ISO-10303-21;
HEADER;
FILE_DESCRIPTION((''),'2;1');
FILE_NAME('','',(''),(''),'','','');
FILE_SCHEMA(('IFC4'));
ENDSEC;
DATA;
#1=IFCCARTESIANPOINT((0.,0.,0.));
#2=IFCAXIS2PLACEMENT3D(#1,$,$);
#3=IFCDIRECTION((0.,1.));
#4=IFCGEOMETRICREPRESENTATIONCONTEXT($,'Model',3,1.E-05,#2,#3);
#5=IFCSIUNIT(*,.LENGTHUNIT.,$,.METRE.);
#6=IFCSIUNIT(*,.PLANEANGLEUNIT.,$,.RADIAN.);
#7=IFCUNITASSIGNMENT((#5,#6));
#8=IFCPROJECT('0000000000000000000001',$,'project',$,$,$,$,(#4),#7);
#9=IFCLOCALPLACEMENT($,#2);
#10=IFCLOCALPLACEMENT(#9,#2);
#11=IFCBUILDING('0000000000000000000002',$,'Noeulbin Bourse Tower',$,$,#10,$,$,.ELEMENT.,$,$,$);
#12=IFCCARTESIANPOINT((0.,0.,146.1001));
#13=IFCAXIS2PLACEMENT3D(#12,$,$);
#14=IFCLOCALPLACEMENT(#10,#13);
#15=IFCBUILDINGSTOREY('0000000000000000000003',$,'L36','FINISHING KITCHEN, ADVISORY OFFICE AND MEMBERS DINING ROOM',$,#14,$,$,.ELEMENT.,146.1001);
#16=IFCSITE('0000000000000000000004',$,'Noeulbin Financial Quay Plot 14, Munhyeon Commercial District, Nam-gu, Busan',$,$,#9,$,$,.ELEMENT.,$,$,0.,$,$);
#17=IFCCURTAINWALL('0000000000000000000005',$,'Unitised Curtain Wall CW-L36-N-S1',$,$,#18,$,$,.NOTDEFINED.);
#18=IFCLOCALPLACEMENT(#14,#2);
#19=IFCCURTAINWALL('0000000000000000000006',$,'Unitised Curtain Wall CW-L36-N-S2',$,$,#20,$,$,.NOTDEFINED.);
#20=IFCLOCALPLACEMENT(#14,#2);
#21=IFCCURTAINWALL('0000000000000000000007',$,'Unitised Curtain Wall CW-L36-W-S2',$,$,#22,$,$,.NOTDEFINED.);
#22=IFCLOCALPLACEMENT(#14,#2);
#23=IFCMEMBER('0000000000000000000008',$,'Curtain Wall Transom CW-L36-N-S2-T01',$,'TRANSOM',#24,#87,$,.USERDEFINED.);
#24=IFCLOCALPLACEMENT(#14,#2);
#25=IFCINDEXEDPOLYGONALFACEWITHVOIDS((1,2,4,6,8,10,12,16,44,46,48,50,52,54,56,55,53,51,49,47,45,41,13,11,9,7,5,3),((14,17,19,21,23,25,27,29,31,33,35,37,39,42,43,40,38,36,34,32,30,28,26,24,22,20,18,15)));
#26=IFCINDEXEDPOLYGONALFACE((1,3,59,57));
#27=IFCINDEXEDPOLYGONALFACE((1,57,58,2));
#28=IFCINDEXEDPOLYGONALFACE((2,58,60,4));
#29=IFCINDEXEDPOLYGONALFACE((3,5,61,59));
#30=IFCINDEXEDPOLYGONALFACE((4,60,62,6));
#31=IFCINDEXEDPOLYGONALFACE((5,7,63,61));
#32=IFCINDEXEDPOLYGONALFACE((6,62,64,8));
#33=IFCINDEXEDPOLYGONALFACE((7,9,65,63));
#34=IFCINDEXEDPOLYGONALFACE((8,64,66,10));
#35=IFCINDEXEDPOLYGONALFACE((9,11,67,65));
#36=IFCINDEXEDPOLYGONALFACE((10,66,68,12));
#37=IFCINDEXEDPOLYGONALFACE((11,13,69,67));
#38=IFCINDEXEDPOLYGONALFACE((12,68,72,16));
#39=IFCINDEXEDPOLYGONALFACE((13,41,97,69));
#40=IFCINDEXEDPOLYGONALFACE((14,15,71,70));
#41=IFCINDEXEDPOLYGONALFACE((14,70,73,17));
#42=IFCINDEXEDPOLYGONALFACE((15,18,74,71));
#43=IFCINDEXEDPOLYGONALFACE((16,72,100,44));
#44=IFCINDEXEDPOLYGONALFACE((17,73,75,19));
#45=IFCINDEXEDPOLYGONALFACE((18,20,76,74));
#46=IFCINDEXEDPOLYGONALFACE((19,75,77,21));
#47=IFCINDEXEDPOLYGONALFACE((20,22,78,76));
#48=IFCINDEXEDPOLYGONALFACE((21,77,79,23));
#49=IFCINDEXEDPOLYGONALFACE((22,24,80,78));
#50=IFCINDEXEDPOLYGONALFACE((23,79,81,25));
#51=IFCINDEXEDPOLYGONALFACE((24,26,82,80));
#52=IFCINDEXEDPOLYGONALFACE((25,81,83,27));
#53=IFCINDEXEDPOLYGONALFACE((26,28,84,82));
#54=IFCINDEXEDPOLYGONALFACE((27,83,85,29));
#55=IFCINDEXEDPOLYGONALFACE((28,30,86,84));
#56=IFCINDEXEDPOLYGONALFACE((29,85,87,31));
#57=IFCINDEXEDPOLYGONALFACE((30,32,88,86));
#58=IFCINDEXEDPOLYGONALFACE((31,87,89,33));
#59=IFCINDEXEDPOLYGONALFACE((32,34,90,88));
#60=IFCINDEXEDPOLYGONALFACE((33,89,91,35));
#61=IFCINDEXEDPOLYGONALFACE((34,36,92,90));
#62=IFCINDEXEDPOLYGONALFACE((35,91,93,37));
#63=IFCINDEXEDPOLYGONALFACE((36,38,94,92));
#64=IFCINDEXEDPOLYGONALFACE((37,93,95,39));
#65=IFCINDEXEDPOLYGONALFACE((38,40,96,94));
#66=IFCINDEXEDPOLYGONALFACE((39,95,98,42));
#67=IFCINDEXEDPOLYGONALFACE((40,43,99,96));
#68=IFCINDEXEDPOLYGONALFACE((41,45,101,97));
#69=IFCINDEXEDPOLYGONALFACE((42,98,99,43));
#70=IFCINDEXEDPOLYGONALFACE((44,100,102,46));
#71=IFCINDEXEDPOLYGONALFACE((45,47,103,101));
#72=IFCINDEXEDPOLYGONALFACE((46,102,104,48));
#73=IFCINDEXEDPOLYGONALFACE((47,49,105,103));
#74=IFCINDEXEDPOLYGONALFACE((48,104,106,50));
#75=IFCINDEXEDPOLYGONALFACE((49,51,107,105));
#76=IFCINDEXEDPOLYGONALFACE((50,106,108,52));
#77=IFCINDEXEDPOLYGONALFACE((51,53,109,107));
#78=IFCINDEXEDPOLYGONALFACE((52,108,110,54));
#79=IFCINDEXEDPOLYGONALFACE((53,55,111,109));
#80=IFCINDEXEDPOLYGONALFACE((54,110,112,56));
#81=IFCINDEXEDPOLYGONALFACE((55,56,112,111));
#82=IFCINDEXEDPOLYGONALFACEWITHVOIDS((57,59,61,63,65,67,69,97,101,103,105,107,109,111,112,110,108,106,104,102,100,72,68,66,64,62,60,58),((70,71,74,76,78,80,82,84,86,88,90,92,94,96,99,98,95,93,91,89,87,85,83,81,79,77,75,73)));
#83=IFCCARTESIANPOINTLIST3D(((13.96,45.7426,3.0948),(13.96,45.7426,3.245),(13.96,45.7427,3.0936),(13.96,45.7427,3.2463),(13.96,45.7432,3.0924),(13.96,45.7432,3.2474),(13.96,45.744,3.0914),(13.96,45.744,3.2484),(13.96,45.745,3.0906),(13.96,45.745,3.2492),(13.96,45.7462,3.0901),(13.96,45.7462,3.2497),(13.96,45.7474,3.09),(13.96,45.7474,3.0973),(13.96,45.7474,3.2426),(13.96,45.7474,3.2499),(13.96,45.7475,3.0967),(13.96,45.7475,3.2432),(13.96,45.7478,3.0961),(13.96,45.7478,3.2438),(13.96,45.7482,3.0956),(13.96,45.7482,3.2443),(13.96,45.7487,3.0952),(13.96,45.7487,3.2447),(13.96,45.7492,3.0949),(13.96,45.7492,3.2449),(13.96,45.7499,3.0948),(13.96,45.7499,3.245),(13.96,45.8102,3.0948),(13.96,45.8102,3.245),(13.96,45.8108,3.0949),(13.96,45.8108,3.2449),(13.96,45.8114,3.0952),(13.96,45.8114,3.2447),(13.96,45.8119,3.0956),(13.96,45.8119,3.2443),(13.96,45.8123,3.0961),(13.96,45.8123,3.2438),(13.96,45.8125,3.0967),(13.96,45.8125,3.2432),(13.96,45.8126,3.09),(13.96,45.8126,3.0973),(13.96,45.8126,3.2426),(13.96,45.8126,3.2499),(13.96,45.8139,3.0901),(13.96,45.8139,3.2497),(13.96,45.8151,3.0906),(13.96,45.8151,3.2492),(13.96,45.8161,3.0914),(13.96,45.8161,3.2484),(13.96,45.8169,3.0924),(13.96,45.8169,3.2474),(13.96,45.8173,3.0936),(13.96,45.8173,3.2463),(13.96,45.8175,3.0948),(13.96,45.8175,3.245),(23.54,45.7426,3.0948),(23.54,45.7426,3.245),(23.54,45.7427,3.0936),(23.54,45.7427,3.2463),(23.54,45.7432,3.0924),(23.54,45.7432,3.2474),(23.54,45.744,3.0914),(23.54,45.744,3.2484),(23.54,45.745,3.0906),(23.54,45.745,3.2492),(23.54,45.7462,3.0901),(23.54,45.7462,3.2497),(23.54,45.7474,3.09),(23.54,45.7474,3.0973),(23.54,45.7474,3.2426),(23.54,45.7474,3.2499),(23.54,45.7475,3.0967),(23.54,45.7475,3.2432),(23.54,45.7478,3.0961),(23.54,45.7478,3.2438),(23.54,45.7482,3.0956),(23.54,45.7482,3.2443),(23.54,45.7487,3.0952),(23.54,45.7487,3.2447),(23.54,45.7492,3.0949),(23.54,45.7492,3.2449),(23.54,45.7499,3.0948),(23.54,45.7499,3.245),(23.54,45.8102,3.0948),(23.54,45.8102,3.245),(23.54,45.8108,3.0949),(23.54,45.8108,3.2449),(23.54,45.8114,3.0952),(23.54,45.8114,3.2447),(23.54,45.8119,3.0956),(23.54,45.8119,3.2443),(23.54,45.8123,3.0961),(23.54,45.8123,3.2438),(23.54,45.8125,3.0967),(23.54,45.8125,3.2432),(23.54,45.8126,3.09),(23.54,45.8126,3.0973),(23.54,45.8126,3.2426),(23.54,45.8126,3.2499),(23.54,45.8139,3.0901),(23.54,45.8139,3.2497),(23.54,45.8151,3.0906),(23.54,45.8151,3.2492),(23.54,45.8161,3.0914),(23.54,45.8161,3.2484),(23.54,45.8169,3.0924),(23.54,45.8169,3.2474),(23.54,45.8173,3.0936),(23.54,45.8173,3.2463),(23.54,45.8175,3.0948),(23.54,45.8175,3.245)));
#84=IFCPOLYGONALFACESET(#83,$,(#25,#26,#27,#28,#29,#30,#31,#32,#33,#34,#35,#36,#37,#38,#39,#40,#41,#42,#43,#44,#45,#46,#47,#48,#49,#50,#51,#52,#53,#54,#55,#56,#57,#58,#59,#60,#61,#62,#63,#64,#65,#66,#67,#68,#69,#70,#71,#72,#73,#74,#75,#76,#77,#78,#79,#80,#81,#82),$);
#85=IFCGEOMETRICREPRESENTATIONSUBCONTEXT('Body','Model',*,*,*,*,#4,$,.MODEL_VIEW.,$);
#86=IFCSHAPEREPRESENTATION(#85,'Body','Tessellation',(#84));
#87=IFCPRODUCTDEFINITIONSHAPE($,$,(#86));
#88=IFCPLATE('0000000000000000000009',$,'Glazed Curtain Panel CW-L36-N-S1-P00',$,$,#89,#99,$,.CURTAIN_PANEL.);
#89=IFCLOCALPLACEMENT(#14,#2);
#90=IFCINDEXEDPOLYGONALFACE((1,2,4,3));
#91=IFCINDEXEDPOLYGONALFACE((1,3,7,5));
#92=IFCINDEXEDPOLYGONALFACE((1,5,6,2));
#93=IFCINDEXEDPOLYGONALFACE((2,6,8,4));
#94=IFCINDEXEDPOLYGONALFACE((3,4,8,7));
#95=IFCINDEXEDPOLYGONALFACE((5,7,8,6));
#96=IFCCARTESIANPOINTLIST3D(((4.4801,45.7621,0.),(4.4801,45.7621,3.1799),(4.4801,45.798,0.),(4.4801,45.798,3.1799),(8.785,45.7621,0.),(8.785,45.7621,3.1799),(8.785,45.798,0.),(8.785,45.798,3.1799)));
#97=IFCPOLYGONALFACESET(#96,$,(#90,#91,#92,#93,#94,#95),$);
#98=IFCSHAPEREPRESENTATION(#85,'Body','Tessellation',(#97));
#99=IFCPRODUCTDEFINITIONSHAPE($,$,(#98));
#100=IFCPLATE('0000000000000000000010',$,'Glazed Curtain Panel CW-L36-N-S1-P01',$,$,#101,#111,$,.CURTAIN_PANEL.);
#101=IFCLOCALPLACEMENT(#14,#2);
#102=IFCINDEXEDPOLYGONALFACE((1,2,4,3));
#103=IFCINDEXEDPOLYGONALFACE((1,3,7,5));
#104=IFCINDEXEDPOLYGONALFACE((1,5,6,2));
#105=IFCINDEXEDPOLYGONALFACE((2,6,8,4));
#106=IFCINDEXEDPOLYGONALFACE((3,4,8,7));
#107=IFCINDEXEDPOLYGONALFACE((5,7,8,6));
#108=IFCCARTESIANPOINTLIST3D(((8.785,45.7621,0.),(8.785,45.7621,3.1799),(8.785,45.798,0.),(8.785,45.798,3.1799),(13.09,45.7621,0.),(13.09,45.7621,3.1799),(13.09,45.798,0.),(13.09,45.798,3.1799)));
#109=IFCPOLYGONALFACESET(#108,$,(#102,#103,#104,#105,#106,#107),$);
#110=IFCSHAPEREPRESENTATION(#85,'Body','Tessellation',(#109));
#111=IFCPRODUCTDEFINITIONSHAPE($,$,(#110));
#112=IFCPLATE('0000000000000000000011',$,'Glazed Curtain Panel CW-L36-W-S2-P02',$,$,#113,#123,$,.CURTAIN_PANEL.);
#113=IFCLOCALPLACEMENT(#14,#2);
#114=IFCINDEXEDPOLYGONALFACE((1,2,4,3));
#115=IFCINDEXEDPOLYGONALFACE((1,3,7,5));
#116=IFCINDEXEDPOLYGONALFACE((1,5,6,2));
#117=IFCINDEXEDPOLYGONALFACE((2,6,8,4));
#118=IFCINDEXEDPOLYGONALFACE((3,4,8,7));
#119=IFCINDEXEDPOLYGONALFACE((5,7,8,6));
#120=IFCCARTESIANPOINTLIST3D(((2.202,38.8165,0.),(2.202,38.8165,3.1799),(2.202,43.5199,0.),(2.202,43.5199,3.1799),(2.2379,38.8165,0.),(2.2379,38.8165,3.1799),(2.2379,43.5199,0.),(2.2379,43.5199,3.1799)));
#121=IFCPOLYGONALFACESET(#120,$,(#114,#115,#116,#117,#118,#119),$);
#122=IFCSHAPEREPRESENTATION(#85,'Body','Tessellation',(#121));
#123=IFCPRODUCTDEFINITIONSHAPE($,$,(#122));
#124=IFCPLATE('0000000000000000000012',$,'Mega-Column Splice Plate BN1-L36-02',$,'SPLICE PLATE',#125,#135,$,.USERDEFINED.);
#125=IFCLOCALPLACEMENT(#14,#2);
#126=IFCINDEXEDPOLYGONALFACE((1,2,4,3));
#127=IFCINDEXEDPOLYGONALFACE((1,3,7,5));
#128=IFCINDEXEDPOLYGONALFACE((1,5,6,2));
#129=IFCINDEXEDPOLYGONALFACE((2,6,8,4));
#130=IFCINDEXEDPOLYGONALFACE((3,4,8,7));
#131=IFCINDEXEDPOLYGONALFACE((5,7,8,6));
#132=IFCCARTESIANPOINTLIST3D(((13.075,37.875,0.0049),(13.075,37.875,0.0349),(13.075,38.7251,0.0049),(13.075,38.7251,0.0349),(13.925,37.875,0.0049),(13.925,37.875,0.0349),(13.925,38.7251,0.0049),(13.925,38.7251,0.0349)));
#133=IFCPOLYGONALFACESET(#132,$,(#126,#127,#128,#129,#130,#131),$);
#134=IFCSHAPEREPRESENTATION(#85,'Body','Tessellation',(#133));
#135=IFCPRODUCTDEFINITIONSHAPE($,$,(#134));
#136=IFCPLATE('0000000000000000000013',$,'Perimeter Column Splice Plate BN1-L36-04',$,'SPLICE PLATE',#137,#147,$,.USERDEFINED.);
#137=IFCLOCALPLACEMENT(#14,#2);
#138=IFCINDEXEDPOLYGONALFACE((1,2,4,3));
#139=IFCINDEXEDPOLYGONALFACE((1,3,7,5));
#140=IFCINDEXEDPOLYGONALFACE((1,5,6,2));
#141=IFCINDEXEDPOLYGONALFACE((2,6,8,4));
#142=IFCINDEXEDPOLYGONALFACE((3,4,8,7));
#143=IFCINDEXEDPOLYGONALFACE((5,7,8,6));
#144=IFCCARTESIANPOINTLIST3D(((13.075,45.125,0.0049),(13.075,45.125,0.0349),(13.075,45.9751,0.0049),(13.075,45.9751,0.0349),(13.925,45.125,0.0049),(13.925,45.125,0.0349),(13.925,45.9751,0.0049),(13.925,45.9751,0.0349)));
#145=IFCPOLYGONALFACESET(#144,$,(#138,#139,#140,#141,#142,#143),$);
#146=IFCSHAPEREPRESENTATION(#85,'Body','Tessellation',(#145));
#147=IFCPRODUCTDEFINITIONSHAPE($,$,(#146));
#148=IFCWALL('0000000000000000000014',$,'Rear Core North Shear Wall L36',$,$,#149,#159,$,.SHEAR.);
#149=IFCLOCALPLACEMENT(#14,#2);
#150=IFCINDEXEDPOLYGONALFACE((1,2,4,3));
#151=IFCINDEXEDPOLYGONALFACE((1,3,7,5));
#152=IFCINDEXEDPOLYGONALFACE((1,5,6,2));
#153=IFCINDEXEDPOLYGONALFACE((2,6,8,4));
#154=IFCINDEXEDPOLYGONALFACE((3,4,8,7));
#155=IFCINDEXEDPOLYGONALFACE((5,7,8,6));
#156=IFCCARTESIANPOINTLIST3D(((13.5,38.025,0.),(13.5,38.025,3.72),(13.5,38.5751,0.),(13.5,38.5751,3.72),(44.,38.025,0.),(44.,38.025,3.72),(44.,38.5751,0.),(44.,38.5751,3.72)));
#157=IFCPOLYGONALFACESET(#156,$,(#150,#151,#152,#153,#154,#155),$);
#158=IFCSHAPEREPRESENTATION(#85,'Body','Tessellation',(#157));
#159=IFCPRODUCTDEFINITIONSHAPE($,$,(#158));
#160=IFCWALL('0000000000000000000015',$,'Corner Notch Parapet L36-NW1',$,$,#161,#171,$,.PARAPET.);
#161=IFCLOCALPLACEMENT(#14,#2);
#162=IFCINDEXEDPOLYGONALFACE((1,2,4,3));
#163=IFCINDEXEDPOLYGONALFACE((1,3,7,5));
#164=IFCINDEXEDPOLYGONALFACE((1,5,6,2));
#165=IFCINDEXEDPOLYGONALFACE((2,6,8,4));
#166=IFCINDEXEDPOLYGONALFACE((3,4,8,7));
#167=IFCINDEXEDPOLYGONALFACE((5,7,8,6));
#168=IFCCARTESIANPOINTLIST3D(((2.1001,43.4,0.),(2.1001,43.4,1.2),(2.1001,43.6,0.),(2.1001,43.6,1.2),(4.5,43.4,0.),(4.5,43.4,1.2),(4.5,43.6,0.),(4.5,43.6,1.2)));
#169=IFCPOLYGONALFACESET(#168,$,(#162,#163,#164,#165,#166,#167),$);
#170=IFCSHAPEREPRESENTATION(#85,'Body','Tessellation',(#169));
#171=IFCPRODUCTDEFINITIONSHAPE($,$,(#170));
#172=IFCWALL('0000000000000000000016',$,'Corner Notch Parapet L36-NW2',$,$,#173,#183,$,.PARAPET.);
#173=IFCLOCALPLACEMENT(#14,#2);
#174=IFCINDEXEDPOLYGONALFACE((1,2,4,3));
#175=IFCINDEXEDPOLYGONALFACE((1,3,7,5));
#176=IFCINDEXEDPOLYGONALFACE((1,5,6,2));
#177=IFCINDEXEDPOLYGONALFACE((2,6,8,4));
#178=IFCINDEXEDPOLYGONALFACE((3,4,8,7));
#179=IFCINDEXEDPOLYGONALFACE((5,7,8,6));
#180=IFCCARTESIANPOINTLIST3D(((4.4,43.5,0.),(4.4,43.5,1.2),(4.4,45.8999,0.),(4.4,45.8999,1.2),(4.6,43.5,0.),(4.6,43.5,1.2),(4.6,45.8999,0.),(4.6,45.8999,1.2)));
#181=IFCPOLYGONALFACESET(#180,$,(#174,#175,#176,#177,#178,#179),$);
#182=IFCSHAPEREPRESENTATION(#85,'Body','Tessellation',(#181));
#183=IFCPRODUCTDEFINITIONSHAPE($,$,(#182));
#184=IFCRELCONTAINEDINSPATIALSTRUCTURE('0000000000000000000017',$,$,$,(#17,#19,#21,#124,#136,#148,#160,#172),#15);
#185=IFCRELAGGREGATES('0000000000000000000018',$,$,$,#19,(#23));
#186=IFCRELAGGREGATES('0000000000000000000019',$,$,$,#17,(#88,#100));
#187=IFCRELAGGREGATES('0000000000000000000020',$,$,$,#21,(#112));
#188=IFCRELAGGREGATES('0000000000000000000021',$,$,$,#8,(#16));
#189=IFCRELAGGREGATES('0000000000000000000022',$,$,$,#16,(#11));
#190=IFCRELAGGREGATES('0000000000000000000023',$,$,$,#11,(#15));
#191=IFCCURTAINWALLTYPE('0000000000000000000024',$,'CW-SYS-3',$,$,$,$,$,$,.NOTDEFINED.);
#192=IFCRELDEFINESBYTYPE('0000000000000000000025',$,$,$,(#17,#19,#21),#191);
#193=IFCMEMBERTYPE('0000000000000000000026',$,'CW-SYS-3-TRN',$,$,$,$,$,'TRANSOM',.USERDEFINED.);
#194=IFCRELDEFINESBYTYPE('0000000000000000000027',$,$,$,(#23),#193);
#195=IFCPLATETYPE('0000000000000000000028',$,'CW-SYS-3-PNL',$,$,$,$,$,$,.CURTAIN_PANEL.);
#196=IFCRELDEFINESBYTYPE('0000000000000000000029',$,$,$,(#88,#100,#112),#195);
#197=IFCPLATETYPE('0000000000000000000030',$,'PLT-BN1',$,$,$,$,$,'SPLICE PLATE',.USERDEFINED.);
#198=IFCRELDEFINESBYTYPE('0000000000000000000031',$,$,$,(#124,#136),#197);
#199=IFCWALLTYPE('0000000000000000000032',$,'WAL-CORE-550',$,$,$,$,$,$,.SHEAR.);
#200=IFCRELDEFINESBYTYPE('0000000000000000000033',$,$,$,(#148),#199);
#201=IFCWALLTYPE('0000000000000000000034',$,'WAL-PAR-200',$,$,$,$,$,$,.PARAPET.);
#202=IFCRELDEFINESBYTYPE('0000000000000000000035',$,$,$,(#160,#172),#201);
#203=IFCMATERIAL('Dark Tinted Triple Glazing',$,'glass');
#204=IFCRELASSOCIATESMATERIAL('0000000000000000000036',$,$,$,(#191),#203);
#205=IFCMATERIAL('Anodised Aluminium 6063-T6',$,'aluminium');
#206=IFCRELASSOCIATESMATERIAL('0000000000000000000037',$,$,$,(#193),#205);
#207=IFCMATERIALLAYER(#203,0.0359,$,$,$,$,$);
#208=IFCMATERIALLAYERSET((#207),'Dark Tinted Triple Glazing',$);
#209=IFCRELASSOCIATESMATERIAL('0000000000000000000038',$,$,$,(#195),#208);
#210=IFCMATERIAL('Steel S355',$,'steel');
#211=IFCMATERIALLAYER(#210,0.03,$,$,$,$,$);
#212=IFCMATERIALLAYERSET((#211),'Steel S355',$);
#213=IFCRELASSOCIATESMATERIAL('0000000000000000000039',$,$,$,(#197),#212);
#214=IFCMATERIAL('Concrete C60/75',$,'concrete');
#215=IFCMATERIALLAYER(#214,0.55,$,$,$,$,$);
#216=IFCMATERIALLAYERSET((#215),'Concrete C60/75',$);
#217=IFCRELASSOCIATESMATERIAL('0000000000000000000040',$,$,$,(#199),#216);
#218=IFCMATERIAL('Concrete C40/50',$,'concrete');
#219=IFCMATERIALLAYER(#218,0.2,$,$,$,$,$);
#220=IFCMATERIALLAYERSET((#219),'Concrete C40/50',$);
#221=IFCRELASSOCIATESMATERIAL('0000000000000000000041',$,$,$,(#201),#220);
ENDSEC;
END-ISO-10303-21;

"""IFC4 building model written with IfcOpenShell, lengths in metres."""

from ifc_helpers import new_model, si_unit, direction, frame, frame_2d, origin, origin_2d, place, context, subcontext, project, spatial, rectangle, hollow_rectangle, extrude, material, layer, layer_set, material_profile, profile_set, type_object, element, aggregate, save


model = new_model("IFC4")

# Units and contexts
model_context = context("Model", 3, precision=1e-05, world=origin(), true_north=direction((0.0, 1.0)))
body_context = subcontext(model_context, "Body", "Model", "MODEL_VIEW")
ifc_project = project(units=[si_unit("LENGTHUNIT", "METRE"), si_unit("PLANEANGLEUNIT", "RADIAN")], contexts=[model_context])

# Site, building, storey
site_placement = place(None, origin())
site = spatial("IfcSite", under=ifc_project, at=site_placement, Name="Noeulbin Financial Quay Plot 14, Munhyeon Commercial District, Nam-gu, Busan", CompositionType="ELEMENT", RefElevation=0.0)
building_placement = place(site_placement, origin())
building = spatial("IfcBuilding", under=site, at=building_placement, Name="Noeulbin Bourse Tower", CompositionType="ELEMENT")
storey_placement = place(building_placement, frame((0.0, 0.0, 146.1001)))
storey = spatial("IfcBuildingStorey", under=building, at=storey_placement, Name="L36", Description="FINISHING KITCHEN, ADVISORY OFFICE AND MEMBERS DINING ROOM", CompositionType="ELEMENT", Elevation=146.1001)

# Shared definitions
ifc_material_1 = material(Name="Steel S355", Category="steel")

# Curtain wall
ifc_material_2 = material(Name="Dark Tinted Triple Glazing", Category="glass")
curtain_wall_type = type_object("IfcCurtainWallType", Name="CW-SYS-3", PredefinedType="NOTDEFINED", material=ifc_material_2)
curtain_wall_1_placement = place(storey_placement, origin())
curtain_wall_1 = element("IfcCurtainWall", 1, at=curtain_wall_1_placement, inside=storey, type_object=curtain_wall_type, Name="Unitised Curtain Wall CW-L36-N-S1", PredefinedType="NOTDEFINED")
ifc_material_3 = material(Name="Anodised Aluminium 6063-T6", Category="aluminium")

# Curtain wall
curtain_wall_2_placement = place(storey_placement, origin())
curtain_wall_2 = element("IfcCurtainWall", 2, at=curtain_wall_2_placement, inside=storey, type_object=curtain_wall_type, Name="Unitised Curtain Wall CW-L36-N-S2", PredefinedType="NOTDEFINED")

# Curtain wall
curtain_wall_3_placement = place(storey_placement, origin())
curtain_wall_3 = element("IfcCurtainWall", 3, at=curtain_wall_3_placement, inside=storey, type_object=curtain_wall_type, Name="Unitised Curtain Wall CW-L36-W-S2", PredefinedType="NOTDEFINED")

# Member
ifc_material_profile_1 = material_profile(ifc_material_3, hollow_rectangle(XDim=0.075, YDim=0.1599, WallThickness=0.0049, InnerFilletRadius=0.0024, OuterFilletRadius=0.0049, at=origin_2d()), Name="ALU-TRAN-75x160x5", Category="LoadBearing")
ifc_profile_set_1 = profile_set([ifc_material_profile_1], Name="Anodised Aluminium 6063-T6")
member_type_1 = type_object("IfcMemberType", Name="CW-SYS-3-TRN", ElementType="TRANSOM", PredefinedType="USERDEFINED", material=ifc_profile_set_1)
member_1_placement = place(storey_placement, frame((13.96, 45.78, 3.1699), z_axis=(1.0, 0.0, 0.0), x_axis=(0.0, 1.0, 0.0)))
member_1 = element("IfcMember", 4, at=member_1_placement, type_object=member_type_1, Name="Curtain Wall Transom CW-L36-N-S2-T01", ObjectType="TRANSOM", PredefinedType="USERDEFINED", context=body_context, shape_type="SweptSolid", body=[
    extrude(hollow_rectangle(XDim=0.075, YDim=0.1599, WallThickness=0.0049, InnerFilletRadius=0.0024, OuterFilletRadius=0.0049, at=origin_2d()), origin(), (0.0, 0.0, 1.0), 9.5801),
])
aggregate(curtain_wall_2, [member_1])

# Plates
ifc_layer_1 = layer(ifc_material_2, 0.0359)
ifc_layer_set_1 = layer_set([ifc_layer_1], Name="Dark Tinted Triple Glazing")
plate_type_1 = type_object("IfcPlateType", Name="CW-SYS-3-PNL", PredefinedType="CURTAIN_PANEL", material=ifc_layer_set_1)
plate_1_placement = place(storey_placement, frame((6.6326, 45.78, 0.0), z_axis=(0.0, 0.0, 1.0), x_axis=(1.0, 0.0, 0.0)))
plate_1 = element("IfcPlate", 5, at=plate_1_placement, type_object=plate_type_1, Name="Glazed Curtain Panel CW-L36-N-S1-P00", PredefinedType="CURTAIN_PANEL", context=body_context, shape_type="SweptSolid", body=[
    extrude(rectangle(XDim=4.3049, YDim=0.0359, at=origin_2d()), origin(), (0.0, 0.0, 1.0), 3.1799),
])
plate_2_placement = place(storey_placement, frame((10.9375, 45.78, 0.0), z_axis=(0.0, 0.0, 1.0), x_axis=(1.0, 0.0, 0.0)))
plate_2 = element("IfcPlate", 6, at=plate_2_placement, type_object=plate_type_1, Name="Glazed Curtain Panel CW-L36-N-S1-P01", PredefinedType="CURTAIN_PANEL", context=body_context, shape_type="SweptSolid", body=[
    extrude(rectangle(XDim=4.3049, YDim=0.0359, at=origin_2d()), origin(), (0.0, 0.0, 1.0), 3.1799),
])
aggregate(curtain_wall_1, [plate_1, plate_2])
plate_3_placement = place(storey_placement, frame((2.22, 41.1682, 0.0), z_axis=(0.0, 0.0, 1.0), x_axis=(0.0, 1.0, 0.0)))
plate_3 = element("IfcPlate", 7, at=plate_3_placement, type_object=plate_type_1, Name="Glazed Curtain Panel CW-L36-W-S2-P02", PredefinedType="CURTAIN_PANEL", context=body_context, shape_type="SweptSolid", body=[
    extrude(rectangle(XDim=4.7034, YDim=0.0359, at=origin_2d()), origin(), (0.0, 0.0, 1.0), 3.1799),
])
aggregate(curtain_wall_3, [plate_3])

# Plates
ifc_layer_2 = layer(ifc_material_1, 0.03)
ifc_layer_set_2 = layer_set([ifc_layer_2], Name="Steel S355")
plate_type_2 = type_object("IfcPlateType", Name="PLT-BN1", ElementType="SPLICE PLATE", PredefinedType="USERDEFINED", material=ifc_layer_set_2)
for number, where, z_axis, x_axis, name in (
    (8, (13.5, 38.3, 0.0049), (0.0, 0.0, 1.0), (1.0, 0.0, 0.0), "Mega-Column Splice Plate BN1-L36-02"),
    (9, (13.5, 45.55, 0.0049), (0.0, 0.0, 1.0), (1.0, 0.0, 0.0), "Perimeter Column Splice Plate BN1-L36-04"),
):
    element("IfcPlate", number, at=place(storey_placement, frame(where, z_axis=z_axis, x_axis=x_axis)), inside=storey, type_object=plate_type_2, Name=name, ObjectType="SPLICE PLATE", PredefinedType="USERDEFINED", context=body_context, shape_type="SweptSolid", body=[
        extrude(rectangle(XDim=0.8501, YDim=0.8501, at=origin_2d()), origin(), (0.0, 0.0, 1.0), 0.03),
    ])

# Walls
ifc_material_4 = material(Name="Concrete C60/75", Category="concrete")
ifc_layer_3 = layer(ifc_material_4, 0.55)
ifc_layer_set_3 = layer_set([ifc_layer_3], Name="Concrete C60/75")
wall_type_1 = type_object("IfcWallType", Name="WAL-CORE-550", PredefinedType="SHEAR", material=ifc_layer_set_3)
wall_1_placement = place(storey_placement, frame((13.5, 38.3, 0.0), z_axis=(0.0, 0.0, 1.0), x_axis=(1.0, 0.0, 0.0)))
element("IfcWall", 10, at=wall_1_placement, inside=storey, type_object=wall_type_1, Name="Rear Core North Shear Wall L36", PredefinedType="SHEAR", context=body_context, shape_type="SweptSolid", body=[
    extrude(rectangle(XDim=30.5, YDim=0.55, at=frame_2d((15.25, 0.0))), origin(), (0.0, 0.0, 1.0), 3.72),
])
ifc_material_5 = material(Name="Concrete C40/50", Category="concrete")
ifc_layer_4 = layer(ifc_material_5, 0.2)
ifc_layer_set_4 = layer_set([ifc_layer_4], Name="Concrete C40/50")
wall_type_2 = type_object("IfcWallType", Name="WAL-PAR-200", PredefinedType="PARAPET", material=ifc_layer_set_4)
for number, where, z_axis, x_axis, name in (
    (11, (2.1001, 43.5, 0.0), (0.0, 0.0, 1.0), (1.0, 0.0, 0.0), "Corner Notch Parapet L36-NW1"),
    (12, (4.5, 43.5, 0.0), (0.0, 0.0, 1.0), (0.0, 1.0, 0.0), "Corner Notch Parapet L36-NW2"),
):
    element("IfcWall", number, at=place(storey_placement, frame(where, z_axis=z_axis, x_axis=x_axis)), inside=storey, type_object=wall_type_2, Name=name, PredefinedType="PARAPET", context=body_context, shape_type="SweptSolid", body=[
        extrude(rectangle(XDim=2.3999, YDim=0.2, at=frame_2d((1.2, 0.0))), origin(), (0.0, 0.0, 1.0), 1.2),
    ])

save(model, "model.ifc")
